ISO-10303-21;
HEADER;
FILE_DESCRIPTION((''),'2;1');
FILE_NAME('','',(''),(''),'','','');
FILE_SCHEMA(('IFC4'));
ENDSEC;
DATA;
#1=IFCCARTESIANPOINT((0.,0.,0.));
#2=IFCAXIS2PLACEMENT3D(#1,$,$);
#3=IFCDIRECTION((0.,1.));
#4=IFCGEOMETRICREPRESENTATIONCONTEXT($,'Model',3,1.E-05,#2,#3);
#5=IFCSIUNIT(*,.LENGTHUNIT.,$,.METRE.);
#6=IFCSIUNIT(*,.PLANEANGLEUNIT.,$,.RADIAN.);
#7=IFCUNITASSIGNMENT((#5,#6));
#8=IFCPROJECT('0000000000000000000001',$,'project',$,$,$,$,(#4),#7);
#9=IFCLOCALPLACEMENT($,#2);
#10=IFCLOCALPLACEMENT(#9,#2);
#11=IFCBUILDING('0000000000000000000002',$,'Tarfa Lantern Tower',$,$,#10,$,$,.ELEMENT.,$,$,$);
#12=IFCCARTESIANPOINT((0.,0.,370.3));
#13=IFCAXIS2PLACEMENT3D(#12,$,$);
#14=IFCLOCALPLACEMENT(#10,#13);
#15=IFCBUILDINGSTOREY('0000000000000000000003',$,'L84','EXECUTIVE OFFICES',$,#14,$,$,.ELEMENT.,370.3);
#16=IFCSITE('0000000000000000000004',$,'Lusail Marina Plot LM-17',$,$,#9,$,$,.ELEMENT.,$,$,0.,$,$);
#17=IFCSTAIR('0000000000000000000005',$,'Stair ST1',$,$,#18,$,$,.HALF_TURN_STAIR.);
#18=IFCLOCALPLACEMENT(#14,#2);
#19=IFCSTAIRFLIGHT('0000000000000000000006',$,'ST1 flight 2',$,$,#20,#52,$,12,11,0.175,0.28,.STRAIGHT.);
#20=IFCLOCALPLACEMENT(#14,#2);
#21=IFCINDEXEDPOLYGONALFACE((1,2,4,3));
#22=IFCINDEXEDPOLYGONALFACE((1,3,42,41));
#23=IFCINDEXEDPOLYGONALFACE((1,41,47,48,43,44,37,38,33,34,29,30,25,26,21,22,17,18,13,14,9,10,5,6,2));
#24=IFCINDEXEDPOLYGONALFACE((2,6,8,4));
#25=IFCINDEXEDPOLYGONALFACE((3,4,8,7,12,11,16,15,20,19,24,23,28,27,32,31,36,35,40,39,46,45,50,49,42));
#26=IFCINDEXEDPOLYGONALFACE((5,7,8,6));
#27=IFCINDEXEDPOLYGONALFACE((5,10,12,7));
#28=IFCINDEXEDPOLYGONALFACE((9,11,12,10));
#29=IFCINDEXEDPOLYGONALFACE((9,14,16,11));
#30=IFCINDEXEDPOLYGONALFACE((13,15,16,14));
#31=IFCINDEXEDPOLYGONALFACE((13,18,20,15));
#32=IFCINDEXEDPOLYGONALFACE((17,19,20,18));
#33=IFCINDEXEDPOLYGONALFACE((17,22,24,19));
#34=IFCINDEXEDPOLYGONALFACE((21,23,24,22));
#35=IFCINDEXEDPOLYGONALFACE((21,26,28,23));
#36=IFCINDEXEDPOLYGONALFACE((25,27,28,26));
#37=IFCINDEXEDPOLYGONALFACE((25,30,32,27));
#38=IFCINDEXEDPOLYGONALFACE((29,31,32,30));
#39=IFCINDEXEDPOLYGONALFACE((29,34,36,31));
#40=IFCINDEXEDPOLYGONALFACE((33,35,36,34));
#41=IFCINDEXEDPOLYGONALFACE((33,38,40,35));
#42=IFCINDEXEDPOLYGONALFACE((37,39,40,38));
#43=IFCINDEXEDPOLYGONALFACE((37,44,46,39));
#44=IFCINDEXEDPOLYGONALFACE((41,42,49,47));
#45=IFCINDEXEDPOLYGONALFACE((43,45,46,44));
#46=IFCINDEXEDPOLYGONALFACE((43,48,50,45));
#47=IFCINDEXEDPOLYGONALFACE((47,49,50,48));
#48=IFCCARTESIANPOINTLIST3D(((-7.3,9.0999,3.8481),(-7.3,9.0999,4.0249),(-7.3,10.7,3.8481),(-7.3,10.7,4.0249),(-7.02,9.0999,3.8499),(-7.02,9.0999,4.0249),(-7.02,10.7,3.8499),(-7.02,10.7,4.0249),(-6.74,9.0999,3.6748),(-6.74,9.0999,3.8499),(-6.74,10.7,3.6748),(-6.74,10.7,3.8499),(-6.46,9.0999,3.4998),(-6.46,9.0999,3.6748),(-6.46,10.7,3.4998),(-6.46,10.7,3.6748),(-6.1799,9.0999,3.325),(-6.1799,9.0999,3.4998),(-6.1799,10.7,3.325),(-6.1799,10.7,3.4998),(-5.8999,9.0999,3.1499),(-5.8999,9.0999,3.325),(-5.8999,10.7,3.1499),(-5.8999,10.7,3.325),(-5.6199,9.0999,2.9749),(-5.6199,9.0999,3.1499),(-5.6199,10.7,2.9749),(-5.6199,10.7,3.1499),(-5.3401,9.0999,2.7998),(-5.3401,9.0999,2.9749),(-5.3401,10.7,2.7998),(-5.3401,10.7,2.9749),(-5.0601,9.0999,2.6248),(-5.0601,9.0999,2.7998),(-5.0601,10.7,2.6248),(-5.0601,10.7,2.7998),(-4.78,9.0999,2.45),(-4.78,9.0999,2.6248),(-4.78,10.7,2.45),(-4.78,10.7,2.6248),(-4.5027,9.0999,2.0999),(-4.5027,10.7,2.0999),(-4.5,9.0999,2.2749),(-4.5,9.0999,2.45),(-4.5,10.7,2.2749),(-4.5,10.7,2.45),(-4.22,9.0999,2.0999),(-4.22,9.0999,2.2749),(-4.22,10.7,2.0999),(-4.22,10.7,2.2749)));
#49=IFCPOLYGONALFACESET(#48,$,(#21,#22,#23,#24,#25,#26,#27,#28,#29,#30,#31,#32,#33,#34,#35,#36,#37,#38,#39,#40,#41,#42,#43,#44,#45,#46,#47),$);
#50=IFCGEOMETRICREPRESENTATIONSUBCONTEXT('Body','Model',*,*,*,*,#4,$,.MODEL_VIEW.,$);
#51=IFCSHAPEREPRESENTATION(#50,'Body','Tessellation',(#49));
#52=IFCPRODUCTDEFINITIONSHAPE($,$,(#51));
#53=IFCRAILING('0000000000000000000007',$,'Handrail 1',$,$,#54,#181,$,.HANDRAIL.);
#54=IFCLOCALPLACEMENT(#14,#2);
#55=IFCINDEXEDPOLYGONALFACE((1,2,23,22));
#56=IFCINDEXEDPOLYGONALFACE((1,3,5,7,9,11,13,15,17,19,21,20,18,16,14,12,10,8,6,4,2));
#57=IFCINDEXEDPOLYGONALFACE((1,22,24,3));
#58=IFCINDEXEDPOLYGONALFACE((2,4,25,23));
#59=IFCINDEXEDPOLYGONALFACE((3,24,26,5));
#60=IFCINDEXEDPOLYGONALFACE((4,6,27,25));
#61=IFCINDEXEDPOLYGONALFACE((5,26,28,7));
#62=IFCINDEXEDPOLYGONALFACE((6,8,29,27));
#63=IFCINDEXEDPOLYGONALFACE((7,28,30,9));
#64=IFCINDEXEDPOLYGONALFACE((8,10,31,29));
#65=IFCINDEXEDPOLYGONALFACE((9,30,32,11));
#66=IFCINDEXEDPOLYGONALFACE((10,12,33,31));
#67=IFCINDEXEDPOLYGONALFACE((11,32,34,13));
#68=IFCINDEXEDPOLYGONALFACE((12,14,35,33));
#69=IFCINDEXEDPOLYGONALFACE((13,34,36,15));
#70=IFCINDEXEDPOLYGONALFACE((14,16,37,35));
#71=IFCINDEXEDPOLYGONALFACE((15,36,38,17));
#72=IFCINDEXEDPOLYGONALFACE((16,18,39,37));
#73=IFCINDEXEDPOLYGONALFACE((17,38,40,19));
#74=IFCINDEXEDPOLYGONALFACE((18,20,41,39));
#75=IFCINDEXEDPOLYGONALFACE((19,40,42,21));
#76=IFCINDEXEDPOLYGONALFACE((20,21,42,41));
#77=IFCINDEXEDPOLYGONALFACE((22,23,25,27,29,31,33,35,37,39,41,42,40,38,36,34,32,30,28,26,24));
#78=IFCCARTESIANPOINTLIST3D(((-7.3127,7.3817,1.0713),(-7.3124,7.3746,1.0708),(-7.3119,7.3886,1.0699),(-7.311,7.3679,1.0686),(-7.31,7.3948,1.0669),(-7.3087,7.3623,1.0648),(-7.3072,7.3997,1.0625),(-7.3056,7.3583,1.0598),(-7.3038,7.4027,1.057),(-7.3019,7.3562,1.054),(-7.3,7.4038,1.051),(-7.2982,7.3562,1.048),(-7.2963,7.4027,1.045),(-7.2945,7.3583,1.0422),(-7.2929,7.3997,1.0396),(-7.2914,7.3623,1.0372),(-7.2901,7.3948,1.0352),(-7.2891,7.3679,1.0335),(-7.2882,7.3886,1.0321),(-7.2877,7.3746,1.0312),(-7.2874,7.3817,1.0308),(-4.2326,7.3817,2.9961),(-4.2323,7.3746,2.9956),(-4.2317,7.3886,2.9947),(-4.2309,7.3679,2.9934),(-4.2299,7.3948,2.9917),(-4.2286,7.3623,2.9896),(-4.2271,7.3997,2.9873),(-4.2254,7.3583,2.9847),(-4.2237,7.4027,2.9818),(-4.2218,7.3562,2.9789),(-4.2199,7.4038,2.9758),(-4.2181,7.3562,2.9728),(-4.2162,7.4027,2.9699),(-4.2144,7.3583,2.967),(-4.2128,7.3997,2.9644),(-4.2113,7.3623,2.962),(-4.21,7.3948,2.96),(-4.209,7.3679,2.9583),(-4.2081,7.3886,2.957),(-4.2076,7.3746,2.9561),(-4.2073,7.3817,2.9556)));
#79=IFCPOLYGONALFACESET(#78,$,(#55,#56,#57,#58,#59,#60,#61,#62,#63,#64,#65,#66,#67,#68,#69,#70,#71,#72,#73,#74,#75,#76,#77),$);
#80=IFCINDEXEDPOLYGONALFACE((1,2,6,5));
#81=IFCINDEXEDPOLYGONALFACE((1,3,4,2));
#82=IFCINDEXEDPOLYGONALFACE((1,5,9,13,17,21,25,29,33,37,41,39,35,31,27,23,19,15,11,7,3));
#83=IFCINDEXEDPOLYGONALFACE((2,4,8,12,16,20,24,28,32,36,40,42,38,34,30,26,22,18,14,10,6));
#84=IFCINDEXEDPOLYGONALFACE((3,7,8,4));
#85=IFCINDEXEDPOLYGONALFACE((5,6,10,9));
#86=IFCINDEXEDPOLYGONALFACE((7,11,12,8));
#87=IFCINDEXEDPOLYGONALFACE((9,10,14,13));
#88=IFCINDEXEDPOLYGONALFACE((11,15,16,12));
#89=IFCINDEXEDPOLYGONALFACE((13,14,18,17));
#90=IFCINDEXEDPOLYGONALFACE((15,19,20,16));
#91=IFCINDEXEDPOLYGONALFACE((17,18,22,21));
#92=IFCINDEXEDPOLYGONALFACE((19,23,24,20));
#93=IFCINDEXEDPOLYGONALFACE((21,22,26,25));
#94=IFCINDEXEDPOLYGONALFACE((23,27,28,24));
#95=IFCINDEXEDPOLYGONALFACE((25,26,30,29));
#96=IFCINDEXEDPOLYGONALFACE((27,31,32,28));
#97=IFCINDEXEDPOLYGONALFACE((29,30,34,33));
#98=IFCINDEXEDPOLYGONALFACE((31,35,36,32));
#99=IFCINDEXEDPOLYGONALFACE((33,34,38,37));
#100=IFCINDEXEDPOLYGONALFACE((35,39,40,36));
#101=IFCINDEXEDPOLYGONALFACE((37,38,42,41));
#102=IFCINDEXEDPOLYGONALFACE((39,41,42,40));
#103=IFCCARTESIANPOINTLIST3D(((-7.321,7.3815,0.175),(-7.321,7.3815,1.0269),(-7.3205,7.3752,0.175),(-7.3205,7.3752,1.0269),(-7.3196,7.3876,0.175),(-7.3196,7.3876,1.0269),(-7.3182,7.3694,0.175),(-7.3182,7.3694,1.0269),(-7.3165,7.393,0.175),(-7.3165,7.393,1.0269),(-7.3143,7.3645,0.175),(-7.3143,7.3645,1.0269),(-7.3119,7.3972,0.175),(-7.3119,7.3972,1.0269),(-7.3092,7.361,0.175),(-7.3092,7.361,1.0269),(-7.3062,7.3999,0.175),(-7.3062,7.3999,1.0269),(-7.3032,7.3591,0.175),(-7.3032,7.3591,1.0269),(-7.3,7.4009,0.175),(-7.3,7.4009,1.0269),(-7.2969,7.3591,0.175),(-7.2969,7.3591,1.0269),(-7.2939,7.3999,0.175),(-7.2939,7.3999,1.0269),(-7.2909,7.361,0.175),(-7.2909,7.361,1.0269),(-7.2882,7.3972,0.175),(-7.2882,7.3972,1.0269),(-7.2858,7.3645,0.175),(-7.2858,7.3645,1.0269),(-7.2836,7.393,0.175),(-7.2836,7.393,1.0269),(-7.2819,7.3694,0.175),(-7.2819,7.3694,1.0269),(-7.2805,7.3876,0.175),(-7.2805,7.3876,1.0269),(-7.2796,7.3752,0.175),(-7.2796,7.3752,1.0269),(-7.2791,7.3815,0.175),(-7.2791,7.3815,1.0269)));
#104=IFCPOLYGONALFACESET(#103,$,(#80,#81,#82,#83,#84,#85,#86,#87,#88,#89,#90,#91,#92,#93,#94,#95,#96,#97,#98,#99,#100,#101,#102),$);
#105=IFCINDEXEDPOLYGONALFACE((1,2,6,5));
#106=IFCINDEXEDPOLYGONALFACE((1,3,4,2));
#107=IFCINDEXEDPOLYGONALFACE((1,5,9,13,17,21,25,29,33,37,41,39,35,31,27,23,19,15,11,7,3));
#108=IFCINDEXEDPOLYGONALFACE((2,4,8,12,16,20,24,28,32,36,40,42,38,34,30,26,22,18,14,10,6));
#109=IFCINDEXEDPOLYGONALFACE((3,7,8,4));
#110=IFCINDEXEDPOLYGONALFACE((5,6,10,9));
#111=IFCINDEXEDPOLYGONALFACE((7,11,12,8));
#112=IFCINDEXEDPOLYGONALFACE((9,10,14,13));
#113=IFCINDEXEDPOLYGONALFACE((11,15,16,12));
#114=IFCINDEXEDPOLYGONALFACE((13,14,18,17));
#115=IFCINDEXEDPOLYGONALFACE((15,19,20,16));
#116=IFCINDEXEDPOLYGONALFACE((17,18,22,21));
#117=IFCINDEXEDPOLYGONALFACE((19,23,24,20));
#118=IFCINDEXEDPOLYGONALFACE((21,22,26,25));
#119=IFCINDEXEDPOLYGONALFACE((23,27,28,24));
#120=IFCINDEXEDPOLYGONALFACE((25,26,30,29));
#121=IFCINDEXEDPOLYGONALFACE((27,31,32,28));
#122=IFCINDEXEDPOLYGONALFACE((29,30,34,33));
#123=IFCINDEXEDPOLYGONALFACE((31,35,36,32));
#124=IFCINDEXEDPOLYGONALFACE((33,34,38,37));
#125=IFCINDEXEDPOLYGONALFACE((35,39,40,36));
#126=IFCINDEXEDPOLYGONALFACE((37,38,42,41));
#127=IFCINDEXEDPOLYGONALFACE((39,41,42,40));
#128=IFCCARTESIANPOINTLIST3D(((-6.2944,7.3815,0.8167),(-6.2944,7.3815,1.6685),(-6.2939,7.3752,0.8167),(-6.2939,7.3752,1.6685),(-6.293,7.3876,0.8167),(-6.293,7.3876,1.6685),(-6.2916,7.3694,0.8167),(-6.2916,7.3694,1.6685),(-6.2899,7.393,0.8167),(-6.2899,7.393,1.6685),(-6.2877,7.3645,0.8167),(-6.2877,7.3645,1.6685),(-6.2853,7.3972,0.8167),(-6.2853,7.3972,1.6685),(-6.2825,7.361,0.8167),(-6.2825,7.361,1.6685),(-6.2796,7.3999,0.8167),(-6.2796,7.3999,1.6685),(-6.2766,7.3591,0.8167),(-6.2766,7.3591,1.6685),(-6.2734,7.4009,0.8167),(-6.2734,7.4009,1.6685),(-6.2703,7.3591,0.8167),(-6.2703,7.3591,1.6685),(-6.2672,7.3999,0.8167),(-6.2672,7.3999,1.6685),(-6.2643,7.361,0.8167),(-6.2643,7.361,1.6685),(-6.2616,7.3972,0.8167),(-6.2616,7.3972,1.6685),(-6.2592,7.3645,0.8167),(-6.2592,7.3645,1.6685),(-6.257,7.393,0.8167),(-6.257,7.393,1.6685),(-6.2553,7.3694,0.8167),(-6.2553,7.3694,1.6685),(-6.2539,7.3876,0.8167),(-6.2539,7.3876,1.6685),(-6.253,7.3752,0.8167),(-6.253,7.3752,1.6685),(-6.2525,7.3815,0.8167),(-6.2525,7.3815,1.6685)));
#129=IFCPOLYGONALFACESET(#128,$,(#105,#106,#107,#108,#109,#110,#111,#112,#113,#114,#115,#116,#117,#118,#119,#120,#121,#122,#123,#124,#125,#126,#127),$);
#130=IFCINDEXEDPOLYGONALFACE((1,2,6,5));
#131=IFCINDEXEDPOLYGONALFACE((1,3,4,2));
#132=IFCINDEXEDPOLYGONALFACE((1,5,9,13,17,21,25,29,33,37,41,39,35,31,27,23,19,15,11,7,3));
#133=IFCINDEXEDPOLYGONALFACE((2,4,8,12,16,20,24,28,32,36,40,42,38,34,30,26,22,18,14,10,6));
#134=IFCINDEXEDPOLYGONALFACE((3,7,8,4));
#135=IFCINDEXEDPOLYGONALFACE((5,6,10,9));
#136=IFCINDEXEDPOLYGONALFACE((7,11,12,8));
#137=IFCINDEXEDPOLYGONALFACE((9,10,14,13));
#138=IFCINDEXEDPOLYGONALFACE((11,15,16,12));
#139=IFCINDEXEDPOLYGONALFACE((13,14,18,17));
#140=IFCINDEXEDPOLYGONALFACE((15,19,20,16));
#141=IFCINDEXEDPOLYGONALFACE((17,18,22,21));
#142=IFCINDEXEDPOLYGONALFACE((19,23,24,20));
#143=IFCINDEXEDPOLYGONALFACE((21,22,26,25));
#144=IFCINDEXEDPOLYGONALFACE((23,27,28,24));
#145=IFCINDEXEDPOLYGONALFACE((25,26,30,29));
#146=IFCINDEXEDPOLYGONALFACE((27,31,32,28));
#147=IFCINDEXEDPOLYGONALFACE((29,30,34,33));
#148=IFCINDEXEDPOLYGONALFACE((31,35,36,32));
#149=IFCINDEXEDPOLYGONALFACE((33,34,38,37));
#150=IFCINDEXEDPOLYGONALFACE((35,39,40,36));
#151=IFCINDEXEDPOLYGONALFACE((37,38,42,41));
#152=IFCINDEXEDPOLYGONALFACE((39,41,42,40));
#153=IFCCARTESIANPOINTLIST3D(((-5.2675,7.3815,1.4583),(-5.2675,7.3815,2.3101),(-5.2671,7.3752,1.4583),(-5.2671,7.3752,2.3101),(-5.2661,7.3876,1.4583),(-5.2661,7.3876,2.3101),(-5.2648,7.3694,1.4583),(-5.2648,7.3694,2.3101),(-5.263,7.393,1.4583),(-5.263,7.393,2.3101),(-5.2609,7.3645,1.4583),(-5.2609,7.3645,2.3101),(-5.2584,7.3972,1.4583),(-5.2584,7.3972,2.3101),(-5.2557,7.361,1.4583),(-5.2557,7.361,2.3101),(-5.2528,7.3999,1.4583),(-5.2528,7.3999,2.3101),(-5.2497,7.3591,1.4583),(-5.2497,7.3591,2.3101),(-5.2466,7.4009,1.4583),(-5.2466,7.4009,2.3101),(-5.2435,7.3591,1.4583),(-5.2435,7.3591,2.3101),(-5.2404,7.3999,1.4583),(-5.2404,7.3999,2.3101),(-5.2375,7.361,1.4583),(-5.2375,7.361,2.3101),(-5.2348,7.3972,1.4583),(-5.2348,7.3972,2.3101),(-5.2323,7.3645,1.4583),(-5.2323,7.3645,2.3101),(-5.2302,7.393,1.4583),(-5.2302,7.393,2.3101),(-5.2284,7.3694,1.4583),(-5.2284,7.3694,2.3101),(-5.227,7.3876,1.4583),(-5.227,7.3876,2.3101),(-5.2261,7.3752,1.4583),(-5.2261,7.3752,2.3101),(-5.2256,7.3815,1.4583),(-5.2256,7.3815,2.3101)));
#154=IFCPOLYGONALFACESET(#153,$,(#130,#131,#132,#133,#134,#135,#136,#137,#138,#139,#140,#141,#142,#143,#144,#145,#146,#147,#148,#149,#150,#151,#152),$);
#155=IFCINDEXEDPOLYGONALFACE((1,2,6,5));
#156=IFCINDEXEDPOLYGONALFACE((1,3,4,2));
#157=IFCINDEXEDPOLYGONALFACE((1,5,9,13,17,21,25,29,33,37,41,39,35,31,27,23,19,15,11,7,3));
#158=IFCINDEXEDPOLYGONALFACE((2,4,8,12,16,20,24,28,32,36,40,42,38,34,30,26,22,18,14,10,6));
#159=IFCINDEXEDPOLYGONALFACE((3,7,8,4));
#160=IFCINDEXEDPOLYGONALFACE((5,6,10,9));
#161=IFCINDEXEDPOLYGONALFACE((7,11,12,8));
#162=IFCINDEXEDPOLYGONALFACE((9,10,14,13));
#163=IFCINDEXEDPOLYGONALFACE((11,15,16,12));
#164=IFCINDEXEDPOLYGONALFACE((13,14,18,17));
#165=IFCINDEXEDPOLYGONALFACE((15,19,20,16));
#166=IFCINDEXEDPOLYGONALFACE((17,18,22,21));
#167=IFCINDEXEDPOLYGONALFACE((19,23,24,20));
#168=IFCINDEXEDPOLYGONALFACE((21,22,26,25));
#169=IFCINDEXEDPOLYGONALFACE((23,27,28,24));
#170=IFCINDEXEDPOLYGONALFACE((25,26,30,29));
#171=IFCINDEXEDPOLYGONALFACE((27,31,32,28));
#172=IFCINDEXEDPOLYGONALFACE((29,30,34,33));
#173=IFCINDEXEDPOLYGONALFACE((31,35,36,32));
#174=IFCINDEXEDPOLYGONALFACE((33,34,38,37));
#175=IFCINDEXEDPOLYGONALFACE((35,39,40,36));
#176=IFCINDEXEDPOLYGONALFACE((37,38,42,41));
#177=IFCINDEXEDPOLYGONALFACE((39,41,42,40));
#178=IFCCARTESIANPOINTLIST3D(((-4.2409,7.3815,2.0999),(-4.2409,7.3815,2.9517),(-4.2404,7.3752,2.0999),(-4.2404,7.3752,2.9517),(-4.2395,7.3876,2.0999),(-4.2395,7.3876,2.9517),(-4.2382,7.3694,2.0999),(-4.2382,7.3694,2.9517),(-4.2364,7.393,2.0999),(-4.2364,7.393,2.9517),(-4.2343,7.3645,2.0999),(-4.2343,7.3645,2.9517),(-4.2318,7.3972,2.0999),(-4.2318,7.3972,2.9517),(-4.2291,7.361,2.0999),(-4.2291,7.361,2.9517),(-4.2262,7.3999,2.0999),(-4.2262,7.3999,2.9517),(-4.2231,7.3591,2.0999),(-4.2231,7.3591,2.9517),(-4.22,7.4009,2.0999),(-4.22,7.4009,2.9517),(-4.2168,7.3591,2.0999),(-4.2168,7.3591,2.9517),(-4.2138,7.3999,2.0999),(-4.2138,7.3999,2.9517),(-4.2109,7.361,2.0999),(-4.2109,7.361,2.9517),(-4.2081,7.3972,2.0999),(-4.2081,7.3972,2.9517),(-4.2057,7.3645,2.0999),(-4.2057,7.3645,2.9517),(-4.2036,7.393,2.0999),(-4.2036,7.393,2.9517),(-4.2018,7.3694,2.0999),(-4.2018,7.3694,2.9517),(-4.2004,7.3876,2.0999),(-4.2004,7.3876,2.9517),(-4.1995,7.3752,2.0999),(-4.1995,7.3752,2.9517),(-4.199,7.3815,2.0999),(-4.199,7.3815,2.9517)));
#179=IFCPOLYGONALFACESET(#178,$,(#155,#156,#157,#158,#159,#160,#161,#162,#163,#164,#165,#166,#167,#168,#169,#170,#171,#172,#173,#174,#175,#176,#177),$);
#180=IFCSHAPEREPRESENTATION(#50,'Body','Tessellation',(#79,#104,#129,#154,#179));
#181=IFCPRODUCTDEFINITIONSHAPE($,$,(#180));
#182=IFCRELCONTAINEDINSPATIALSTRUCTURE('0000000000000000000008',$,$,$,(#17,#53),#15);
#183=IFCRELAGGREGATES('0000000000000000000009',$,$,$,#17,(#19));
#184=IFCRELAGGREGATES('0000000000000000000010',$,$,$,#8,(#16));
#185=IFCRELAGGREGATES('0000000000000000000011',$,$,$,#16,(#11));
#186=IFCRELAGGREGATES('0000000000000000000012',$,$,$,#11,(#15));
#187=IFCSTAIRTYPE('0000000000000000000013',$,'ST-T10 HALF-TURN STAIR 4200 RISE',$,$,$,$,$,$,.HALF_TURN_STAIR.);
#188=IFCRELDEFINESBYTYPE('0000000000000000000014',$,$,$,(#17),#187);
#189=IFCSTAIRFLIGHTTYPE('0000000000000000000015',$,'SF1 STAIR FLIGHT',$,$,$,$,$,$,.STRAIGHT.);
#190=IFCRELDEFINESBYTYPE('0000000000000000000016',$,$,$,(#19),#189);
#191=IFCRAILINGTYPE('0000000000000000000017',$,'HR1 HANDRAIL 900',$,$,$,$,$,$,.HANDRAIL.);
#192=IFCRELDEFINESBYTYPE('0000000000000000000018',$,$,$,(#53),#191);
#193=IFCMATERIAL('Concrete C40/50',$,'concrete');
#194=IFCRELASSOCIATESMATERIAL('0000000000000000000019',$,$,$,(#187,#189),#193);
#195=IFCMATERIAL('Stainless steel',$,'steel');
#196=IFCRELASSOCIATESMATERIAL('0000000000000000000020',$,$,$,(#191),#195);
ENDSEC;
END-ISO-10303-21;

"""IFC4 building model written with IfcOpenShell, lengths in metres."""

from ifc_helpers import new_model, si_unit, direction, frame, origin, origin_2d, place, context, subcontext, project, spatial, polyline, circle, outline, extrude, material, type_object, element, aggregate, save


model = new_model("IFC4")

# Units and contexts
model_context = context("Model", 3, precision=1e-05, world=origin(), true_north=direction((0.0, 1.0)))
body_context = subcontext(model_context, "Body", "Model", "MODEL_VIEW")
ifc_project = project(units=[si_unit("LENGTHUNIT", "METRE"), si_unit("PLANEANGLEUNIT", "RADIAN")], contexts=[model_context])

# Site, building, storey
site_placement = place(None, origin())
site = spatial("IfcSite", under=ifc_project, at=site_placement, Name="Lusail Marina Plot LM-17", CompositionType="ELEMENT", RefElevation=0.0)
building_placement = place(site_placement, origin())
building = spatial("IfcBuilding", under=site, at=building_placement, Name="Tarfa Lantern Tower", CompositionType="ELEMENT")
storey_placement = place(building_placement, frame((0.0, 0.0, 370.3)))
storey = spatial("IfcBuildingStorey", under=building, at=storey_placement, Name="L84", Description="EXECUTIVE OFFICES", CompositionType="ELEMENT", Elevation=370.3)

# Stair, stair flight
ifc_material_1 = material(Name="Concrete C40/50", Category="concrete")
stair_type = type_object("IfcStairType", Name="ST-T10 HALF-TURN STAIR 4200 RISE", PredefinedType="HALF_TURN_STAIR", material=ifc_material_1)
stair_placement = place(storey_placement, origin())
stair = element("IfcStair", 1, at=stair_placement, inside=storey, type_object=stair_type, Name="Stair ST1", PredefinedType="HALF_TURN_STAIR")
stair_flight_type = type_object("IfcStairFlightType", Name="SF1 STAIR FLIGHT", PredefinedType="STRAIGHT", material=ifc_material_1)
stair_flight_1_placement = place(storey_placement, frame((-4.22, 9.8999, 2.0999), z_axis=(0.0, 0.0, 1.0), x_axis=(-1.0, 0.0, 0.0)))
stair_flight_1 = element("IfcStairFlight", 2, at=stair_flight_1_placement, type_object=stair_flight_type, Name="ST1 flight 2", NumberOfRisers=12, NumberOfTreads=11, PredefinedType="STRAIGHT", RiserHeight=0.175, TreadLength=0.28, context=body_context, shape_type="SweptSolid", body=[
    extrude(outline(polyline([(0.0, 0.0), (0.0, 0.175), (0.28, 0.175), (0.28, 0.3501), (0.5601, 0.3501), (0.5601, 0.5249), (0.8401, 0.5249), (0.8401, 0.7), (1.1201, 0.7), (1.1201, 0.875), (1.3999, 0.875), (1.3999, 1.05), (1.6799, 1.05), (1.6799, 1.2251), (1.96, 1.2251), (1.96, 1.3999), (2.24, 1.3999), (2.24, 1.575), (2.52, 1.575), (2.52, 1.75), (2.8, 1.75), (2.8, 1.925), (3.0801, 1.925), (3.0801, 2.1001), (3.0801, 1.7483), (0.2827, 0.0), (0.0, 0.0)])), frame((0.0, 0.8, 0.0), z_axis=(0.0, -1.0, 0.0), x_axis=(1.0, 0.0, 0.0)), (0.0, 0.0, 1.0), 1.6001),
])
aggregate(stair, [stair_flight_1])

# Railing
ifc_material_2 = material(Name="Stainless steel", Category="steel")
railing_type = type_object("IfcRailingType", Name="HR1 HANDRAIL 900", PredefinedType="HANDRAIL", material=ifc_material_2)
railing_1_placement = place(storey_placement, frame((-7.3, 7.3799, 0.175)))
element("IfcRailing", 3, at=railing_1_placement, inside=storey, type_object=railing_type, Name="Handrail 1", PredefinedType="HANDRAIL", context=body_context, shape_type="SweptSolid", body=[
    extrude(circle(Radius=0.0239, at=origin_2d()), frame((0.0, 0.0, 0.876), z_axis=(0.848029, 0.0, 0.529951), x_axis=(0.0, 1.0, 0.0)), (0.0, 0.0, 1.0), 3.6321),
    extrude(circle(Radius=0.021, at=origin_2d()), frame((0.0, 0.0, 0.0), z_axis=(0.0, 0.0, 1.0), x_axis=(0.0, 1.0, 0.0)), (0.0, 0.0, 1.0), 0.8518),
    extrude(circle(Radius=0.021, at=origin_2d()), frame((1.0266, 0.0, 0.6416), z_axis=(0.0, 0.0, 1.0), x_axis=(0.0, 1.0, 0.0)), (0.0, 0.0, 1.0), 0.8518),
    extrude(circle(Radius=0.021, at=origin_2d()), frame((2.0535, 0.0, 1.2832), z_axis=(0.0, 0.0, 1.0), x_axis=(0.0, 1.0, 0.0)), (0.0, 0.0, 1.0), 0.8518),
    extrude(circle(Radius=0.021, at=origin_2d()), frame((3.0801, 0.0, 1.9248), z_axis=(0.0, 0.0, 1.0), x_axis=(0.0, 1.0, 0.0)), (0.0, 0.0, 1.0), 0.8518),
])

save(model, "model.ifc")
